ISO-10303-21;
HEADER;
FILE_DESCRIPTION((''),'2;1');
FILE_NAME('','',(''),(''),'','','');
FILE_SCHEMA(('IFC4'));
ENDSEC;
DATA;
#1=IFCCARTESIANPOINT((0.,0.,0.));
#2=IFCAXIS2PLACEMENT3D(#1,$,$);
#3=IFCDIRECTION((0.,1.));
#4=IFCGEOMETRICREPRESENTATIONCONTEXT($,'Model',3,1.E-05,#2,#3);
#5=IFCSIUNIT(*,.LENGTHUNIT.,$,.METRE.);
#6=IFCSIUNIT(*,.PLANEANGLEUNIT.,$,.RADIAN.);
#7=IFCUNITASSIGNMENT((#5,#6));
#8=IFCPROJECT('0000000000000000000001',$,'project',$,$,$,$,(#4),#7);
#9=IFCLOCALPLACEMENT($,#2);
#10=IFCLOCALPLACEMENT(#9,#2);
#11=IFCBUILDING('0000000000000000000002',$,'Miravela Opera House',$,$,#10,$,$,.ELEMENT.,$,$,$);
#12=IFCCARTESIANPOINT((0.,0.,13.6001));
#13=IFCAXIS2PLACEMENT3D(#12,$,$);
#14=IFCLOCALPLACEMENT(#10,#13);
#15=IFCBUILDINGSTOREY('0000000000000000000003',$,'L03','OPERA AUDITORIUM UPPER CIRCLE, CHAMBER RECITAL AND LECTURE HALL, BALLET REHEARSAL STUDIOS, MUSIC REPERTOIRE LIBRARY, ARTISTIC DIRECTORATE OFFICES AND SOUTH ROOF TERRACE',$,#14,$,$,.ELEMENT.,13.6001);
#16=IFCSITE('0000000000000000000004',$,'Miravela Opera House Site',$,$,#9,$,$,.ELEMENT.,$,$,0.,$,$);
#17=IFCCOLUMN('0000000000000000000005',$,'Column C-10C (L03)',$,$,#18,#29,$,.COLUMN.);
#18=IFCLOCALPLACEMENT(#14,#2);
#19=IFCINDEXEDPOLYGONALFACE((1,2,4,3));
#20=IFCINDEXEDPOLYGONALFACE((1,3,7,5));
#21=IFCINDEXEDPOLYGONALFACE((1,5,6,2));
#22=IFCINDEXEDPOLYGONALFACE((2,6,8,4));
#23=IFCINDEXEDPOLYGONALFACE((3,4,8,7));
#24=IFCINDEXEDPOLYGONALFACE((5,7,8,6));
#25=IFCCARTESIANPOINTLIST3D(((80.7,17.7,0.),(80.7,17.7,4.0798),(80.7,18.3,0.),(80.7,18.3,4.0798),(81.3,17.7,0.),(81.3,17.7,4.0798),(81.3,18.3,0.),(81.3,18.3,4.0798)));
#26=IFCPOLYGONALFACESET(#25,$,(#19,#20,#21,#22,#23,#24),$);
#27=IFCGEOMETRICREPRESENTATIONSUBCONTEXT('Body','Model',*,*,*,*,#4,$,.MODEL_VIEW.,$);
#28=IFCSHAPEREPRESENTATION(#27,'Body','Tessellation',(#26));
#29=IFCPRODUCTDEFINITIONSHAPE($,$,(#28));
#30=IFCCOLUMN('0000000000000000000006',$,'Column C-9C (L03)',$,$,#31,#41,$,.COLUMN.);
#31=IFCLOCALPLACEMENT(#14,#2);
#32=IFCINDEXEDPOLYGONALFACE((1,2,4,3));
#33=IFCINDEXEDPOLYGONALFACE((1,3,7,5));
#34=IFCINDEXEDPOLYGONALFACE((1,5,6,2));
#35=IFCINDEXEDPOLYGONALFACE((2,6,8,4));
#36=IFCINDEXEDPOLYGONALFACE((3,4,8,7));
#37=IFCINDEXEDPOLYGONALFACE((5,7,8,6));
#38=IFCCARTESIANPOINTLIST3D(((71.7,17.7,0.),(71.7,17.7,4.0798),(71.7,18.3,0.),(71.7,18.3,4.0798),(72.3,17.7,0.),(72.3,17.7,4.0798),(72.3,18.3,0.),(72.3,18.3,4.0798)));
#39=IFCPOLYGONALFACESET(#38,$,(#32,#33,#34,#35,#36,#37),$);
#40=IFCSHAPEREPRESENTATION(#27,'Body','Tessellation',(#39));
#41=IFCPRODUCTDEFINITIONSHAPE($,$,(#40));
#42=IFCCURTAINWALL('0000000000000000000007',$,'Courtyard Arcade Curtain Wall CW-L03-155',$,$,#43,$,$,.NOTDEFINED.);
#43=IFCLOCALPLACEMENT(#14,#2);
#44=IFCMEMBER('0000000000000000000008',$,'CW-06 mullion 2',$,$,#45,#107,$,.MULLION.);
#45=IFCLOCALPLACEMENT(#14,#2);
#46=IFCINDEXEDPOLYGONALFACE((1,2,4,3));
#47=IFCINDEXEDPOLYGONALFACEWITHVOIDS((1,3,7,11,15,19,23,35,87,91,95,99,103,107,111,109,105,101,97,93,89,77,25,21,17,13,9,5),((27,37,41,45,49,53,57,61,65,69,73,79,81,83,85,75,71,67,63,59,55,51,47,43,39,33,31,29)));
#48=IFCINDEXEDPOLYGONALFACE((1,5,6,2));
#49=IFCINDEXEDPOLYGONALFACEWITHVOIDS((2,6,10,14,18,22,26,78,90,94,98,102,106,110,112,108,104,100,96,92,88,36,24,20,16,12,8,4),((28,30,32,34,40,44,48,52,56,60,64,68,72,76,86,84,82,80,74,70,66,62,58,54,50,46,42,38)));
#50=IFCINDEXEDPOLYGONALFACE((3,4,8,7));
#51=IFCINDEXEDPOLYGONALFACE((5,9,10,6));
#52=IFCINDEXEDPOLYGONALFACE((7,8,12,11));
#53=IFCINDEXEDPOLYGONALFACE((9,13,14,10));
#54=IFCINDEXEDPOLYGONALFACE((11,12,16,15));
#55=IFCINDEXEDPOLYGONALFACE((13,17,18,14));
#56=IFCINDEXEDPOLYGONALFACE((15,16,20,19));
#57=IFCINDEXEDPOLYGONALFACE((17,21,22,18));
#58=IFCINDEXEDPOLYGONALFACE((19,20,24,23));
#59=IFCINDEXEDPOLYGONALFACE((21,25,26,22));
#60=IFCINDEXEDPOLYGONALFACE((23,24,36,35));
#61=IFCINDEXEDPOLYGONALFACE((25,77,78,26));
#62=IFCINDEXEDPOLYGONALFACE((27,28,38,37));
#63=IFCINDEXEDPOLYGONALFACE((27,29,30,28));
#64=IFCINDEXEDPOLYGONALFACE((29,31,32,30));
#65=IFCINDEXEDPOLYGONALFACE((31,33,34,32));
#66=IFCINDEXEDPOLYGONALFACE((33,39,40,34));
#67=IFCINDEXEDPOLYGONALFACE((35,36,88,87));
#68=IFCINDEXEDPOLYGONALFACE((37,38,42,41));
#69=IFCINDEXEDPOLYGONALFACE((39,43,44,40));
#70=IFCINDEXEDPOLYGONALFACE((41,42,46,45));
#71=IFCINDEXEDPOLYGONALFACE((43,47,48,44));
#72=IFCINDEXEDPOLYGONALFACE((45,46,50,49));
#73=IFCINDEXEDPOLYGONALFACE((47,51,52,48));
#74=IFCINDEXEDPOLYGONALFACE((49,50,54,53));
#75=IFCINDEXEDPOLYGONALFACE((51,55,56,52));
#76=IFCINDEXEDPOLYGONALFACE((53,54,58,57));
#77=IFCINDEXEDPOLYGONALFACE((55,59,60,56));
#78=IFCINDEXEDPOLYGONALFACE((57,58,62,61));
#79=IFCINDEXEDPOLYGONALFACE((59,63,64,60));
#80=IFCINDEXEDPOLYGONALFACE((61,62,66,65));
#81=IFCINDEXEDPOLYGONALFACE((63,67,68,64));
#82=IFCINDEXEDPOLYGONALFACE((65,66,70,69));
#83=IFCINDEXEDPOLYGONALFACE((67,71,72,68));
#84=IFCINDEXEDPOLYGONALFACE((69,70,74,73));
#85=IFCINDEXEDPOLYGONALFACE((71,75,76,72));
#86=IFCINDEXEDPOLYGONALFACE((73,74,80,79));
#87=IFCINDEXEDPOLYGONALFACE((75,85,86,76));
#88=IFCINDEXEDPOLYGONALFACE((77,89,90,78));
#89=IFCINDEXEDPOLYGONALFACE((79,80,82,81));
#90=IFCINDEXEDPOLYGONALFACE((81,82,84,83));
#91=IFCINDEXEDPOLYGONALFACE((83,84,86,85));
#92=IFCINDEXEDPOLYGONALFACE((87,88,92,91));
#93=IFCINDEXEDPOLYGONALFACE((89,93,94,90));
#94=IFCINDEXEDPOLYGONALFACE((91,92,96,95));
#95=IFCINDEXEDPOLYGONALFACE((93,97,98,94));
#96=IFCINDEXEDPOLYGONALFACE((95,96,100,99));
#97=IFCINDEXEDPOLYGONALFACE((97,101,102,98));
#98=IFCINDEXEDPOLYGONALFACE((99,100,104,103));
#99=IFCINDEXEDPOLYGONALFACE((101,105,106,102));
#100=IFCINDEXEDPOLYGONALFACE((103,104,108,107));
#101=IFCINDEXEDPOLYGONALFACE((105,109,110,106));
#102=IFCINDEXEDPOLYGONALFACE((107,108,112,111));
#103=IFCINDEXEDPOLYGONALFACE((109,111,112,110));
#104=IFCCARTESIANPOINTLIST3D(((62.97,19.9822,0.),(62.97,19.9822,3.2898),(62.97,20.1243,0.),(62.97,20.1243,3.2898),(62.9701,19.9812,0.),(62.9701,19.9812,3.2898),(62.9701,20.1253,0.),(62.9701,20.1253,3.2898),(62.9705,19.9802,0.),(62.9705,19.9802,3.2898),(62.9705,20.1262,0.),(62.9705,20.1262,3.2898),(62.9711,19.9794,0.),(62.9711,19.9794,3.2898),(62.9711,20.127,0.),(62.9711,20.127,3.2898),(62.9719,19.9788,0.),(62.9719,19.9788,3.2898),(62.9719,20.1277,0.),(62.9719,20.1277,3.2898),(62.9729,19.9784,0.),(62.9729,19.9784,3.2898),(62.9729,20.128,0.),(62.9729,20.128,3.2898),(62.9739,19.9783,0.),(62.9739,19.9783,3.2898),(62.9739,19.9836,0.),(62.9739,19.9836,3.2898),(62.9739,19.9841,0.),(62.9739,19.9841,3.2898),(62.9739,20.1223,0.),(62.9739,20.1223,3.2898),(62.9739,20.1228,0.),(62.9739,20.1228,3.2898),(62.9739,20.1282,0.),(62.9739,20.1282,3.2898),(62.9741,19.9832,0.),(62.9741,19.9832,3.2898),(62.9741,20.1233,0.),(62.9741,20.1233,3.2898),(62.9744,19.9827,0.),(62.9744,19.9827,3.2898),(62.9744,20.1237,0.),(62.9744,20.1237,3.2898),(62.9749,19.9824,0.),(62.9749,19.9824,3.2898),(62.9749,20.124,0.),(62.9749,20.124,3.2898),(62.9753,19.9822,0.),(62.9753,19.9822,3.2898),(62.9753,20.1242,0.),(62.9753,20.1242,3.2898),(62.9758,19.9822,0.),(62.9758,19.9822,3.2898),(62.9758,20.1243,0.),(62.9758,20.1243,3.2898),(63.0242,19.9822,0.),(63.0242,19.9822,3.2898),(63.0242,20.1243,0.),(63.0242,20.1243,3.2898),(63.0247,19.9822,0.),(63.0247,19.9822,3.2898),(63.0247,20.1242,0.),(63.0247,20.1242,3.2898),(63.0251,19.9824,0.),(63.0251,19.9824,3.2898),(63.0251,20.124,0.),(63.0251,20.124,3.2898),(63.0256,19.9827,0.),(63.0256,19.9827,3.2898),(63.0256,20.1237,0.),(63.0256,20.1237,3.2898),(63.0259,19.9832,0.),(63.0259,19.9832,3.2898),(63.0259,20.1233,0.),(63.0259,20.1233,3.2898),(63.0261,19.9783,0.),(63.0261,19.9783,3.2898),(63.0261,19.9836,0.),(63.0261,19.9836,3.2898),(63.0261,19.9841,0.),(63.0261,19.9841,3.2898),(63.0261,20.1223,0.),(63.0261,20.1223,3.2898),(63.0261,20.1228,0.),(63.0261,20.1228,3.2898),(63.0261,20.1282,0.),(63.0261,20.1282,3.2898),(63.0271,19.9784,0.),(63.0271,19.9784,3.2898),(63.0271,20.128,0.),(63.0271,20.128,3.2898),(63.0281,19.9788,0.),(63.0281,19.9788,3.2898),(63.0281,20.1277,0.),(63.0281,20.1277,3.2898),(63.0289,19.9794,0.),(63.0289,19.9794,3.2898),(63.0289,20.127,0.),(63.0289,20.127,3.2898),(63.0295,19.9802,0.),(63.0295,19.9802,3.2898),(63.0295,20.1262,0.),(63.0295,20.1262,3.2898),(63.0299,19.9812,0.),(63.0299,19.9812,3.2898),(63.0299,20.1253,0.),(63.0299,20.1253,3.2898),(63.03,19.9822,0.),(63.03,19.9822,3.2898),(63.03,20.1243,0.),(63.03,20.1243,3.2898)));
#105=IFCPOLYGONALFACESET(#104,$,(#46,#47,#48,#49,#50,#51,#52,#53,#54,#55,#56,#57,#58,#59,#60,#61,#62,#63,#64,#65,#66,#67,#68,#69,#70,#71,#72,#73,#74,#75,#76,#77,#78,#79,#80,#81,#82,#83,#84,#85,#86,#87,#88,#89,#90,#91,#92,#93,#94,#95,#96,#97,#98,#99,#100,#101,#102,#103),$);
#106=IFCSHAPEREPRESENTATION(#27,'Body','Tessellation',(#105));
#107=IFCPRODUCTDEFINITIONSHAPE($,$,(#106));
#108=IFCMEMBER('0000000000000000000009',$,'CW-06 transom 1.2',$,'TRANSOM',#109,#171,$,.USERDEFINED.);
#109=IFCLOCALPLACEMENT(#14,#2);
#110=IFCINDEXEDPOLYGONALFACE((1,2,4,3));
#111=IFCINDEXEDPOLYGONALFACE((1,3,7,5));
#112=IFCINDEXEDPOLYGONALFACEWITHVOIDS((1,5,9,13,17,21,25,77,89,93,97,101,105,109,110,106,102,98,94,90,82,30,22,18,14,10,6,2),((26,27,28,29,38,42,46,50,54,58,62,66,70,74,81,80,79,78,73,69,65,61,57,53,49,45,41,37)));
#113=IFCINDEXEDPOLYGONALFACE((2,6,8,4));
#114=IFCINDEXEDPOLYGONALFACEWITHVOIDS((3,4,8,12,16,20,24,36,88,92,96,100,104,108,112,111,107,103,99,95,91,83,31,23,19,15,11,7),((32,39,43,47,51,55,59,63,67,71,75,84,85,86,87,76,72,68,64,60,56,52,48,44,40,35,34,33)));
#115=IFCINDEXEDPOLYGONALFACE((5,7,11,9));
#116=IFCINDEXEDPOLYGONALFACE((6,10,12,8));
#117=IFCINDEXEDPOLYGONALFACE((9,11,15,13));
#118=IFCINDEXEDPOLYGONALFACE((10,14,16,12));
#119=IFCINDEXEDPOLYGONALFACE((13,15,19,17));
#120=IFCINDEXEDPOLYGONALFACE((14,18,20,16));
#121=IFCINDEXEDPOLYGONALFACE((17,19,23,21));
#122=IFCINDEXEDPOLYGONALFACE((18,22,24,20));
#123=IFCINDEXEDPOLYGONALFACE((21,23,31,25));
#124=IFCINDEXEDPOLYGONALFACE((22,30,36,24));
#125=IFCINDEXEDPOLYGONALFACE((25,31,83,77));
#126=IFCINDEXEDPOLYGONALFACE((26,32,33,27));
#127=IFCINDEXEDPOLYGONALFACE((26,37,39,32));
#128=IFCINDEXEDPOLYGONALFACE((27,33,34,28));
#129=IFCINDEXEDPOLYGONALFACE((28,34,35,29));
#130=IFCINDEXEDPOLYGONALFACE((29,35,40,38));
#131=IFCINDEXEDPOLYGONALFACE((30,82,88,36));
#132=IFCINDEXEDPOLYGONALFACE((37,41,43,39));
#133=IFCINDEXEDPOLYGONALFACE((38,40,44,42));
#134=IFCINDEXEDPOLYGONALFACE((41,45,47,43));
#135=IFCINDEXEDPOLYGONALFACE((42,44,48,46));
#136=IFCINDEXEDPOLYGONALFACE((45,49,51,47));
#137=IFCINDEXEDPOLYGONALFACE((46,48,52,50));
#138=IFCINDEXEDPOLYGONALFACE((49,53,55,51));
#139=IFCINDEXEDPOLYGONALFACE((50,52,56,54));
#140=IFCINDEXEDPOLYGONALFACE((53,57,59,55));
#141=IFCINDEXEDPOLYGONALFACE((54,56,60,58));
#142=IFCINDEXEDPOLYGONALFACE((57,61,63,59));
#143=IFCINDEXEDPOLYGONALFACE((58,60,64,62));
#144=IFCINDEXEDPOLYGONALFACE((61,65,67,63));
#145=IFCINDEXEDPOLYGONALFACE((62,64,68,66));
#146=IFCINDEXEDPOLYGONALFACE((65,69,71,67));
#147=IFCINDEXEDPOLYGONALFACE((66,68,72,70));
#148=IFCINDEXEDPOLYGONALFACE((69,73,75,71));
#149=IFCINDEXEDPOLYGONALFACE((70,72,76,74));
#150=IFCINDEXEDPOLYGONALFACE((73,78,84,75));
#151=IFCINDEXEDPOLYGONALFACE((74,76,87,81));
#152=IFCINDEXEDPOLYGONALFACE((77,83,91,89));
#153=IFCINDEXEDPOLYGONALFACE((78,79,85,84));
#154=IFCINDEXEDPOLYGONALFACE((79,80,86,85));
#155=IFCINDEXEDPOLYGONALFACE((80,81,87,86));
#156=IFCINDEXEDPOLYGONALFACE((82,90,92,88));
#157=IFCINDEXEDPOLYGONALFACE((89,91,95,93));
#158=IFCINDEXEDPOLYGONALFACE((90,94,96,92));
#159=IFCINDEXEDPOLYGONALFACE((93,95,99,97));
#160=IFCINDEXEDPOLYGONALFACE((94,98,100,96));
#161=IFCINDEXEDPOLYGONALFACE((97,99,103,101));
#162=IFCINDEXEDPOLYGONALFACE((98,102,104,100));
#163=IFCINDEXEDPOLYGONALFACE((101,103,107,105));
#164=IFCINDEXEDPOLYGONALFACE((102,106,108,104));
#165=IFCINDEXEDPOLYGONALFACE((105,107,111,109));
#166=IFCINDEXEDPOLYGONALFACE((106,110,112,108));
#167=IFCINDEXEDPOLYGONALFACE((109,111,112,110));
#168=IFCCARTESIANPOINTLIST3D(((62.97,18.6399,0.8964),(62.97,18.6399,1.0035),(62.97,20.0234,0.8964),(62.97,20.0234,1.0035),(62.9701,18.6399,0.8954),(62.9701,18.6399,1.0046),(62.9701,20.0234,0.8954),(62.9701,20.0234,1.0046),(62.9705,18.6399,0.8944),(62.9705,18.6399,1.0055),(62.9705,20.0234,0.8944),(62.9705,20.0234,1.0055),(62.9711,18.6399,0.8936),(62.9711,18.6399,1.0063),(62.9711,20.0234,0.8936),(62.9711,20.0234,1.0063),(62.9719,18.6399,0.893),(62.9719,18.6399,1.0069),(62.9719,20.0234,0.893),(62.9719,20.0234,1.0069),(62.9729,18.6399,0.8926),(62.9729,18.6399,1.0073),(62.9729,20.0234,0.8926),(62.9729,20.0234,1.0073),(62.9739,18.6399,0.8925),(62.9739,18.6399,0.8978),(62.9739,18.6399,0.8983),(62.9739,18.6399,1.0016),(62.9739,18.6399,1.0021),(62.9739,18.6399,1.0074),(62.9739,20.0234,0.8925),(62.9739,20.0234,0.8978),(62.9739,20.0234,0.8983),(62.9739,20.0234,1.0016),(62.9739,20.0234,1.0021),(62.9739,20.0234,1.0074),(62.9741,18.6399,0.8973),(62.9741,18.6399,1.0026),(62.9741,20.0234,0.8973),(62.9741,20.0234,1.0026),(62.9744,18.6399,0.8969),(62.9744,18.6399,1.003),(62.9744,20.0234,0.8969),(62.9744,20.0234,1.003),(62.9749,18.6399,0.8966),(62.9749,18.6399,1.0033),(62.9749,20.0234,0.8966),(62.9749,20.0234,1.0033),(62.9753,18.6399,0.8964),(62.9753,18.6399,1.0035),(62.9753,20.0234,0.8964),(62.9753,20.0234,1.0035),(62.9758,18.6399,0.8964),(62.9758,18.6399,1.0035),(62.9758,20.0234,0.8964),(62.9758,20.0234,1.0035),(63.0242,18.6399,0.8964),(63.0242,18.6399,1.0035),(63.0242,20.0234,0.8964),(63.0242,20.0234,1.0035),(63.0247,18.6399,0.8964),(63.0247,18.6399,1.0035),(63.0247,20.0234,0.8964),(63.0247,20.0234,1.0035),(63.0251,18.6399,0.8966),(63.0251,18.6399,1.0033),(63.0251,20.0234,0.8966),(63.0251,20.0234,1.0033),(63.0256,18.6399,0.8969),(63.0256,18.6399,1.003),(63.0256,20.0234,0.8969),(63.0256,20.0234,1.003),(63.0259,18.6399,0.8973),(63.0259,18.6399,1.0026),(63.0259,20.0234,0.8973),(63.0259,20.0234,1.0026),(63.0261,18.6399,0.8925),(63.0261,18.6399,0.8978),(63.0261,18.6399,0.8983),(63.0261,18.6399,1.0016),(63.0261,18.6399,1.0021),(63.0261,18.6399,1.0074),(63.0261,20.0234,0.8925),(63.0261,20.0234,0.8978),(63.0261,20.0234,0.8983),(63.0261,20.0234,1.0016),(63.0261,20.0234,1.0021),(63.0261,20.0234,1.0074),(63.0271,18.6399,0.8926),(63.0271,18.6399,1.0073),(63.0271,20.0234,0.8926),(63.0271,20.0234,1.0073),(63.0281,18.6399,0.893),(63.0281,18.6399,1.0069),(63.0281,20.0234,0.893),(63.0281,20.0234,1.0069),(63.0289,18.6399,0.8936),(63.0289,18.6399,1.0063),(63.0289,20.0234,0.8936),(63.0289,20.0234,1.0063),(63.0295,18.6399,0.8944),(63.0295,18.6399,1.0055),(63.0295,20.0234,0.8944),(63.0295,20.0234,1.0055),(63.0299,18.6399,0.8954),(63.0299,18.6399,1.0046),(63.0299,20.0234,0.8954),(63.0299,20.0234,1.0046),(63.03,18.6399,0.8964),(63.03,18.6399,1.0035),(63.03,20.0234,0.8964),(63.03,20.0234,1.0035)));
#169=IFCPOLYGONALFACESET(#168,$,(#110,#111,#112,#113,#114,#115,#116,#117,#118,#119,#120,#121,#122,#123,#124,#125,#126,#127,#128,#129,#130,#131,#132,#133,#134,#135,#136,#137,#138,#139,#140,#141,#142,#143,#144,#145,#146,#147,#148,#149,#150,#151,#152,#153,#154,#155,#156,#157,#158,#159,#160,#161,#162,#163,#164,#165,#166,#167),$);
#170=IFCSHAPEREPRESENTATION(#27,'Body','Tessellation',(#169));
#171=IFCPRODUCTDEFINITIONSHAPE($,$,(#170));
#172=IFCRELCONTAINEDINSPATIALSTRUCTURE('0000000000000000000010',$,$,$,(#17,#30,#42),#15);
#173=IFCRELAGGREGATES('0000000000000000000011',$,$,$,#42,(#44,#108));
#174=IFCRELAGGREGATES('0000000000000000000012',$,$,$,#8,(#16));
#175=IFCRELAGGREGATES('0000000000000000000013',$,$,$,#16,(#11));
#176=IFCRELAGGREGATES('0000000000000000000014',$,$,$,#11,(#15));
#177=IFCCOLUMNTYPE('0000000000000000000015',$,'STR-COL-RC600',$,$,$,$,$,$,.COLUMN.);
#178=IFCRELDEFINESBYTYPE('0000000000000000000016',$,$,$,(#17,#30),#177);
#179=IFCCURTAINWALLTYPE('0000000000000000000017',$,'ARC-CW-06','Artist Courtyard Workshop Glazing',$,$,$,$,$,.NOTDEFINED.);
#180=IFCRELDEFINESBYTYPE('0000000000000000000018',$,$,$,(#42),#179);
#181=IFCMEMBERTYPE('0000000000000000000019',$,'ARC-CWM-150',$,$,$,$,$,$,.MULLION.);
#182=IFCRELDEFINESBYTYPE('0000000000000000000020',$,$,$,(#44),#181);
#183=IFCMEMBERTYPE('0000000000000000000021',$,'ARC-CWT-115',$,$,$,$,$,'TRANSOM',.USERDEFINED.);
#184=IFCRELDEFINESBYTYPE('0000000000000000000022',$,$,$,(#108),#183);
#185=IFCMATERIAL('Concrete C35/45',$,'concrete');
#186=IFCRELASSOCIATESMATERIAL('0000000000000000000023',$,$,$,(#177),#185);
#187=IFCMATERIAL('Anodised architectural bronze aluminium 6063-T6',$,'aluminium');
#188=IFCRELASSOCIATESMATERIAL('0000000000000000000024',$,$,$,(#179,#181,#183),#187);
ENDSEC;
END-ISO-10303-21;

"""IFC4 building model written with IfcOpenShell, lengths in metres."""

from ifc_helpers import new_model, si_unit, direction, frame, origin, origin_2d, place, context, subcontext, project, spatial, rectangle, hollow_rectangle, extrude, material, material_profile, profile_set, type_object, element, aggregate, save


model = new_model("IFC4")

# Units and contexts
model_context = context("Model", 3, precision=1e-05, world=origin(), true_north=direction((0.0, 1.0)))
body_context = subcontext(model_context, "Body", "Model", "MODEL_VIEW")
ifc_project = project(units=[si_unit("LENGTHUNIT", "METRE"), si_unit("PLANEANGLEUNIT", "RADIAN")], contexts=[model_context])

# Site, building, storey
site_placement = place(None, origin())
site = spatial("IfcSite", under=ifc_project, at=site_placement, Name="Miravela Opera House Site", CompositionType="ELEMENT", RefElevation=0.0)
building_placement = place(site_placement, origin())
building = spatial("IfcBuilding", under=site, at=building_placement, Name="Miravela Opera House", CompositionType="ELEMENT")
storey_placement = place(building_placement, frame((0.0, 0.0, 13.6001)))
storey = spatial("IfcBuildingStorey", under=building, at=storey_placement, Name="L03", Description="OPERA AUDITORIUM UPPER CIRCLE, CHAMBER RECITAL AND LECTURE HALL, BALLET REHEARSAL STUDIOS, MUSIC REPERTOIRE LIBRARY, ARTISTIC DIRECTORATE OFFICES AND SOUTH ROOF TERRACE", CompositionType="ELEMENT", Elevation=13.6001)

# Columns
ifc_material_1 = material(Name="Concrete C35/45", Category="concrete")
ifc_material_profile_1 = material_profile(ifc_material_1, rectangle(XDim=0.6001, YDim=0.6001, at=origin_2d()), Name="RC-COL-600X600")
ifc_profile_set_1 = profile_set([ifc_material_profile_1])
column_type = type_object("IfcColumnType", Name="STR-COL-RC600", PredefinedType="COLUMN", material=ifc_profile_set_1)
for number, where, z_axis, x_axis, name in (
    (1, (81.0, 18.0, 0.0), (0.0, 0.0, 1.0), (1.0, 0.0, 0.0), "Column C-10C (L03)"),
    (2, (72.0, 18.0, 0.0), (0.0, 0.0, 1.0), (1.0, 0.0, 0.0), "Column C-9C (L03)"),
):
    element("IfcColumn", number, at=place(storey_placement, frame(where, z_axis=z_axis, x_axis=x_axis)), inside=storey, type_object=column_type, Name=name, PredefinedType="COLUMN", context=body_context, shape_type="SweptSolid", body=[
        extrude(rectangle(XDim=0.6001, YDim=0.6001, at=origin_2d()), origin(), (0.0, 0.0, 1.0), 4.0798),
    ])

# Curtain wall, members
ifc_material_2 = material(Name="Anodised architectural bronze aluminium 6063-T6", Category="aluminium")
curtain_wall_type = type_object("IfcCurtainWallType", Name="ARC-CW-06", Description="Artist Courtyard Workshop Glazing", PredefinedType="NOTDEFINED", material=ifc_material_2)
curtain_wall_placement = place(storey_placement, origin())
curtain_wall = element("IfcCurtainWall", 3, at=curtain_wall_placement, inside=storey, type_object=curtain_wall_type, Name="Courtyard Arcade Curtain Wall CW-L03-155", PredefinedType="NOTDEFINED")
ifc_material_profile_2 = material_profile(ifc_material_2, hollow_rectangle(XDim=0.0601, YDim=0.1499, WallThickness=0.0039, InnerFilletRadius=0.002, OuterFilletRadius=0.0039, at=origin_2d()), Name="CWM-60X150")
ifc_profile_set_2 = profile_set([ifc_material_profile_2])
member_type_1 = type_object("IfcMemberType", Name="ARC-CWM-150", PredefinedType="MULLION", material=ifc_profile_set_2)
member_1_placement = place(storey_placement, frame((63.0, 20.0532, 0.0), z_axis=(0.0, 0.0, 1.0), x_axis=(-1.0, 0.0, 0.0)))
member_1 = element("IfcMember", 4, at=member_1_placement, type_object=member_type_1, Name="CW-06 mullion 2", PredefinedType="MULLION", context=body_context, shape_type="SweptSolid", body=[
    extrude(hollow_rectangle(XDim=0.0601, YDim=0.1499, WallThickness=0.0039, InnerFilletRadius=0.002, OuterFilletRadius=0.0039, at=origin_2d()), origin(), (0.0, 0.0, 1.0), 3.2898),
])
ifc_material_profile_3 = material_profile(ifc_material_2, hollow_rectangle(XDim=0.0601, YDim=0.115, WallThickness=0.0039, InnerFilletRadius=0.002, OuterFilletRadius=0.0039, at=origin_2d()), Name="CWT-60X115")
ifc_profile_set_3 = profile_set([ifc_material_profile_3])
member_type_2 = type_object("IfcMemberType", Name="ARC-CWT-115", ElementType="TRANSOM", PredefinedType="USERDEFINED", material=ifc_profile_set_3)
member_2_placement = place(storey_placement, frame((63.0, 18.6399, 0.95), z_axis=(0.0, 1.0, 0.0), x_axis=(-1.0, 0.0, 0.0)))
member_2 = element("IfcMember", 5, at=member_2_placement, type_object=member_type_2, Name="CW-06 transom 1.2", ObjectType="TRANSOM", PredefinedType="USERDEFINED", context=body_context, shape_type="SweptSolid", body=[
    extrude(hollow_rectangle(XDim=0.0601, YDim=0.115, WallThickness=0.0039, InnerFilletRadius=0.002, OuterFilletRadius=0.0039, at=origin_2d()), origin(), (0.0, 0.0, 1.0), 1.3835),
])

aggregate(curtain_wall, [member_1, member_2])

save(model, "model.ifc")
